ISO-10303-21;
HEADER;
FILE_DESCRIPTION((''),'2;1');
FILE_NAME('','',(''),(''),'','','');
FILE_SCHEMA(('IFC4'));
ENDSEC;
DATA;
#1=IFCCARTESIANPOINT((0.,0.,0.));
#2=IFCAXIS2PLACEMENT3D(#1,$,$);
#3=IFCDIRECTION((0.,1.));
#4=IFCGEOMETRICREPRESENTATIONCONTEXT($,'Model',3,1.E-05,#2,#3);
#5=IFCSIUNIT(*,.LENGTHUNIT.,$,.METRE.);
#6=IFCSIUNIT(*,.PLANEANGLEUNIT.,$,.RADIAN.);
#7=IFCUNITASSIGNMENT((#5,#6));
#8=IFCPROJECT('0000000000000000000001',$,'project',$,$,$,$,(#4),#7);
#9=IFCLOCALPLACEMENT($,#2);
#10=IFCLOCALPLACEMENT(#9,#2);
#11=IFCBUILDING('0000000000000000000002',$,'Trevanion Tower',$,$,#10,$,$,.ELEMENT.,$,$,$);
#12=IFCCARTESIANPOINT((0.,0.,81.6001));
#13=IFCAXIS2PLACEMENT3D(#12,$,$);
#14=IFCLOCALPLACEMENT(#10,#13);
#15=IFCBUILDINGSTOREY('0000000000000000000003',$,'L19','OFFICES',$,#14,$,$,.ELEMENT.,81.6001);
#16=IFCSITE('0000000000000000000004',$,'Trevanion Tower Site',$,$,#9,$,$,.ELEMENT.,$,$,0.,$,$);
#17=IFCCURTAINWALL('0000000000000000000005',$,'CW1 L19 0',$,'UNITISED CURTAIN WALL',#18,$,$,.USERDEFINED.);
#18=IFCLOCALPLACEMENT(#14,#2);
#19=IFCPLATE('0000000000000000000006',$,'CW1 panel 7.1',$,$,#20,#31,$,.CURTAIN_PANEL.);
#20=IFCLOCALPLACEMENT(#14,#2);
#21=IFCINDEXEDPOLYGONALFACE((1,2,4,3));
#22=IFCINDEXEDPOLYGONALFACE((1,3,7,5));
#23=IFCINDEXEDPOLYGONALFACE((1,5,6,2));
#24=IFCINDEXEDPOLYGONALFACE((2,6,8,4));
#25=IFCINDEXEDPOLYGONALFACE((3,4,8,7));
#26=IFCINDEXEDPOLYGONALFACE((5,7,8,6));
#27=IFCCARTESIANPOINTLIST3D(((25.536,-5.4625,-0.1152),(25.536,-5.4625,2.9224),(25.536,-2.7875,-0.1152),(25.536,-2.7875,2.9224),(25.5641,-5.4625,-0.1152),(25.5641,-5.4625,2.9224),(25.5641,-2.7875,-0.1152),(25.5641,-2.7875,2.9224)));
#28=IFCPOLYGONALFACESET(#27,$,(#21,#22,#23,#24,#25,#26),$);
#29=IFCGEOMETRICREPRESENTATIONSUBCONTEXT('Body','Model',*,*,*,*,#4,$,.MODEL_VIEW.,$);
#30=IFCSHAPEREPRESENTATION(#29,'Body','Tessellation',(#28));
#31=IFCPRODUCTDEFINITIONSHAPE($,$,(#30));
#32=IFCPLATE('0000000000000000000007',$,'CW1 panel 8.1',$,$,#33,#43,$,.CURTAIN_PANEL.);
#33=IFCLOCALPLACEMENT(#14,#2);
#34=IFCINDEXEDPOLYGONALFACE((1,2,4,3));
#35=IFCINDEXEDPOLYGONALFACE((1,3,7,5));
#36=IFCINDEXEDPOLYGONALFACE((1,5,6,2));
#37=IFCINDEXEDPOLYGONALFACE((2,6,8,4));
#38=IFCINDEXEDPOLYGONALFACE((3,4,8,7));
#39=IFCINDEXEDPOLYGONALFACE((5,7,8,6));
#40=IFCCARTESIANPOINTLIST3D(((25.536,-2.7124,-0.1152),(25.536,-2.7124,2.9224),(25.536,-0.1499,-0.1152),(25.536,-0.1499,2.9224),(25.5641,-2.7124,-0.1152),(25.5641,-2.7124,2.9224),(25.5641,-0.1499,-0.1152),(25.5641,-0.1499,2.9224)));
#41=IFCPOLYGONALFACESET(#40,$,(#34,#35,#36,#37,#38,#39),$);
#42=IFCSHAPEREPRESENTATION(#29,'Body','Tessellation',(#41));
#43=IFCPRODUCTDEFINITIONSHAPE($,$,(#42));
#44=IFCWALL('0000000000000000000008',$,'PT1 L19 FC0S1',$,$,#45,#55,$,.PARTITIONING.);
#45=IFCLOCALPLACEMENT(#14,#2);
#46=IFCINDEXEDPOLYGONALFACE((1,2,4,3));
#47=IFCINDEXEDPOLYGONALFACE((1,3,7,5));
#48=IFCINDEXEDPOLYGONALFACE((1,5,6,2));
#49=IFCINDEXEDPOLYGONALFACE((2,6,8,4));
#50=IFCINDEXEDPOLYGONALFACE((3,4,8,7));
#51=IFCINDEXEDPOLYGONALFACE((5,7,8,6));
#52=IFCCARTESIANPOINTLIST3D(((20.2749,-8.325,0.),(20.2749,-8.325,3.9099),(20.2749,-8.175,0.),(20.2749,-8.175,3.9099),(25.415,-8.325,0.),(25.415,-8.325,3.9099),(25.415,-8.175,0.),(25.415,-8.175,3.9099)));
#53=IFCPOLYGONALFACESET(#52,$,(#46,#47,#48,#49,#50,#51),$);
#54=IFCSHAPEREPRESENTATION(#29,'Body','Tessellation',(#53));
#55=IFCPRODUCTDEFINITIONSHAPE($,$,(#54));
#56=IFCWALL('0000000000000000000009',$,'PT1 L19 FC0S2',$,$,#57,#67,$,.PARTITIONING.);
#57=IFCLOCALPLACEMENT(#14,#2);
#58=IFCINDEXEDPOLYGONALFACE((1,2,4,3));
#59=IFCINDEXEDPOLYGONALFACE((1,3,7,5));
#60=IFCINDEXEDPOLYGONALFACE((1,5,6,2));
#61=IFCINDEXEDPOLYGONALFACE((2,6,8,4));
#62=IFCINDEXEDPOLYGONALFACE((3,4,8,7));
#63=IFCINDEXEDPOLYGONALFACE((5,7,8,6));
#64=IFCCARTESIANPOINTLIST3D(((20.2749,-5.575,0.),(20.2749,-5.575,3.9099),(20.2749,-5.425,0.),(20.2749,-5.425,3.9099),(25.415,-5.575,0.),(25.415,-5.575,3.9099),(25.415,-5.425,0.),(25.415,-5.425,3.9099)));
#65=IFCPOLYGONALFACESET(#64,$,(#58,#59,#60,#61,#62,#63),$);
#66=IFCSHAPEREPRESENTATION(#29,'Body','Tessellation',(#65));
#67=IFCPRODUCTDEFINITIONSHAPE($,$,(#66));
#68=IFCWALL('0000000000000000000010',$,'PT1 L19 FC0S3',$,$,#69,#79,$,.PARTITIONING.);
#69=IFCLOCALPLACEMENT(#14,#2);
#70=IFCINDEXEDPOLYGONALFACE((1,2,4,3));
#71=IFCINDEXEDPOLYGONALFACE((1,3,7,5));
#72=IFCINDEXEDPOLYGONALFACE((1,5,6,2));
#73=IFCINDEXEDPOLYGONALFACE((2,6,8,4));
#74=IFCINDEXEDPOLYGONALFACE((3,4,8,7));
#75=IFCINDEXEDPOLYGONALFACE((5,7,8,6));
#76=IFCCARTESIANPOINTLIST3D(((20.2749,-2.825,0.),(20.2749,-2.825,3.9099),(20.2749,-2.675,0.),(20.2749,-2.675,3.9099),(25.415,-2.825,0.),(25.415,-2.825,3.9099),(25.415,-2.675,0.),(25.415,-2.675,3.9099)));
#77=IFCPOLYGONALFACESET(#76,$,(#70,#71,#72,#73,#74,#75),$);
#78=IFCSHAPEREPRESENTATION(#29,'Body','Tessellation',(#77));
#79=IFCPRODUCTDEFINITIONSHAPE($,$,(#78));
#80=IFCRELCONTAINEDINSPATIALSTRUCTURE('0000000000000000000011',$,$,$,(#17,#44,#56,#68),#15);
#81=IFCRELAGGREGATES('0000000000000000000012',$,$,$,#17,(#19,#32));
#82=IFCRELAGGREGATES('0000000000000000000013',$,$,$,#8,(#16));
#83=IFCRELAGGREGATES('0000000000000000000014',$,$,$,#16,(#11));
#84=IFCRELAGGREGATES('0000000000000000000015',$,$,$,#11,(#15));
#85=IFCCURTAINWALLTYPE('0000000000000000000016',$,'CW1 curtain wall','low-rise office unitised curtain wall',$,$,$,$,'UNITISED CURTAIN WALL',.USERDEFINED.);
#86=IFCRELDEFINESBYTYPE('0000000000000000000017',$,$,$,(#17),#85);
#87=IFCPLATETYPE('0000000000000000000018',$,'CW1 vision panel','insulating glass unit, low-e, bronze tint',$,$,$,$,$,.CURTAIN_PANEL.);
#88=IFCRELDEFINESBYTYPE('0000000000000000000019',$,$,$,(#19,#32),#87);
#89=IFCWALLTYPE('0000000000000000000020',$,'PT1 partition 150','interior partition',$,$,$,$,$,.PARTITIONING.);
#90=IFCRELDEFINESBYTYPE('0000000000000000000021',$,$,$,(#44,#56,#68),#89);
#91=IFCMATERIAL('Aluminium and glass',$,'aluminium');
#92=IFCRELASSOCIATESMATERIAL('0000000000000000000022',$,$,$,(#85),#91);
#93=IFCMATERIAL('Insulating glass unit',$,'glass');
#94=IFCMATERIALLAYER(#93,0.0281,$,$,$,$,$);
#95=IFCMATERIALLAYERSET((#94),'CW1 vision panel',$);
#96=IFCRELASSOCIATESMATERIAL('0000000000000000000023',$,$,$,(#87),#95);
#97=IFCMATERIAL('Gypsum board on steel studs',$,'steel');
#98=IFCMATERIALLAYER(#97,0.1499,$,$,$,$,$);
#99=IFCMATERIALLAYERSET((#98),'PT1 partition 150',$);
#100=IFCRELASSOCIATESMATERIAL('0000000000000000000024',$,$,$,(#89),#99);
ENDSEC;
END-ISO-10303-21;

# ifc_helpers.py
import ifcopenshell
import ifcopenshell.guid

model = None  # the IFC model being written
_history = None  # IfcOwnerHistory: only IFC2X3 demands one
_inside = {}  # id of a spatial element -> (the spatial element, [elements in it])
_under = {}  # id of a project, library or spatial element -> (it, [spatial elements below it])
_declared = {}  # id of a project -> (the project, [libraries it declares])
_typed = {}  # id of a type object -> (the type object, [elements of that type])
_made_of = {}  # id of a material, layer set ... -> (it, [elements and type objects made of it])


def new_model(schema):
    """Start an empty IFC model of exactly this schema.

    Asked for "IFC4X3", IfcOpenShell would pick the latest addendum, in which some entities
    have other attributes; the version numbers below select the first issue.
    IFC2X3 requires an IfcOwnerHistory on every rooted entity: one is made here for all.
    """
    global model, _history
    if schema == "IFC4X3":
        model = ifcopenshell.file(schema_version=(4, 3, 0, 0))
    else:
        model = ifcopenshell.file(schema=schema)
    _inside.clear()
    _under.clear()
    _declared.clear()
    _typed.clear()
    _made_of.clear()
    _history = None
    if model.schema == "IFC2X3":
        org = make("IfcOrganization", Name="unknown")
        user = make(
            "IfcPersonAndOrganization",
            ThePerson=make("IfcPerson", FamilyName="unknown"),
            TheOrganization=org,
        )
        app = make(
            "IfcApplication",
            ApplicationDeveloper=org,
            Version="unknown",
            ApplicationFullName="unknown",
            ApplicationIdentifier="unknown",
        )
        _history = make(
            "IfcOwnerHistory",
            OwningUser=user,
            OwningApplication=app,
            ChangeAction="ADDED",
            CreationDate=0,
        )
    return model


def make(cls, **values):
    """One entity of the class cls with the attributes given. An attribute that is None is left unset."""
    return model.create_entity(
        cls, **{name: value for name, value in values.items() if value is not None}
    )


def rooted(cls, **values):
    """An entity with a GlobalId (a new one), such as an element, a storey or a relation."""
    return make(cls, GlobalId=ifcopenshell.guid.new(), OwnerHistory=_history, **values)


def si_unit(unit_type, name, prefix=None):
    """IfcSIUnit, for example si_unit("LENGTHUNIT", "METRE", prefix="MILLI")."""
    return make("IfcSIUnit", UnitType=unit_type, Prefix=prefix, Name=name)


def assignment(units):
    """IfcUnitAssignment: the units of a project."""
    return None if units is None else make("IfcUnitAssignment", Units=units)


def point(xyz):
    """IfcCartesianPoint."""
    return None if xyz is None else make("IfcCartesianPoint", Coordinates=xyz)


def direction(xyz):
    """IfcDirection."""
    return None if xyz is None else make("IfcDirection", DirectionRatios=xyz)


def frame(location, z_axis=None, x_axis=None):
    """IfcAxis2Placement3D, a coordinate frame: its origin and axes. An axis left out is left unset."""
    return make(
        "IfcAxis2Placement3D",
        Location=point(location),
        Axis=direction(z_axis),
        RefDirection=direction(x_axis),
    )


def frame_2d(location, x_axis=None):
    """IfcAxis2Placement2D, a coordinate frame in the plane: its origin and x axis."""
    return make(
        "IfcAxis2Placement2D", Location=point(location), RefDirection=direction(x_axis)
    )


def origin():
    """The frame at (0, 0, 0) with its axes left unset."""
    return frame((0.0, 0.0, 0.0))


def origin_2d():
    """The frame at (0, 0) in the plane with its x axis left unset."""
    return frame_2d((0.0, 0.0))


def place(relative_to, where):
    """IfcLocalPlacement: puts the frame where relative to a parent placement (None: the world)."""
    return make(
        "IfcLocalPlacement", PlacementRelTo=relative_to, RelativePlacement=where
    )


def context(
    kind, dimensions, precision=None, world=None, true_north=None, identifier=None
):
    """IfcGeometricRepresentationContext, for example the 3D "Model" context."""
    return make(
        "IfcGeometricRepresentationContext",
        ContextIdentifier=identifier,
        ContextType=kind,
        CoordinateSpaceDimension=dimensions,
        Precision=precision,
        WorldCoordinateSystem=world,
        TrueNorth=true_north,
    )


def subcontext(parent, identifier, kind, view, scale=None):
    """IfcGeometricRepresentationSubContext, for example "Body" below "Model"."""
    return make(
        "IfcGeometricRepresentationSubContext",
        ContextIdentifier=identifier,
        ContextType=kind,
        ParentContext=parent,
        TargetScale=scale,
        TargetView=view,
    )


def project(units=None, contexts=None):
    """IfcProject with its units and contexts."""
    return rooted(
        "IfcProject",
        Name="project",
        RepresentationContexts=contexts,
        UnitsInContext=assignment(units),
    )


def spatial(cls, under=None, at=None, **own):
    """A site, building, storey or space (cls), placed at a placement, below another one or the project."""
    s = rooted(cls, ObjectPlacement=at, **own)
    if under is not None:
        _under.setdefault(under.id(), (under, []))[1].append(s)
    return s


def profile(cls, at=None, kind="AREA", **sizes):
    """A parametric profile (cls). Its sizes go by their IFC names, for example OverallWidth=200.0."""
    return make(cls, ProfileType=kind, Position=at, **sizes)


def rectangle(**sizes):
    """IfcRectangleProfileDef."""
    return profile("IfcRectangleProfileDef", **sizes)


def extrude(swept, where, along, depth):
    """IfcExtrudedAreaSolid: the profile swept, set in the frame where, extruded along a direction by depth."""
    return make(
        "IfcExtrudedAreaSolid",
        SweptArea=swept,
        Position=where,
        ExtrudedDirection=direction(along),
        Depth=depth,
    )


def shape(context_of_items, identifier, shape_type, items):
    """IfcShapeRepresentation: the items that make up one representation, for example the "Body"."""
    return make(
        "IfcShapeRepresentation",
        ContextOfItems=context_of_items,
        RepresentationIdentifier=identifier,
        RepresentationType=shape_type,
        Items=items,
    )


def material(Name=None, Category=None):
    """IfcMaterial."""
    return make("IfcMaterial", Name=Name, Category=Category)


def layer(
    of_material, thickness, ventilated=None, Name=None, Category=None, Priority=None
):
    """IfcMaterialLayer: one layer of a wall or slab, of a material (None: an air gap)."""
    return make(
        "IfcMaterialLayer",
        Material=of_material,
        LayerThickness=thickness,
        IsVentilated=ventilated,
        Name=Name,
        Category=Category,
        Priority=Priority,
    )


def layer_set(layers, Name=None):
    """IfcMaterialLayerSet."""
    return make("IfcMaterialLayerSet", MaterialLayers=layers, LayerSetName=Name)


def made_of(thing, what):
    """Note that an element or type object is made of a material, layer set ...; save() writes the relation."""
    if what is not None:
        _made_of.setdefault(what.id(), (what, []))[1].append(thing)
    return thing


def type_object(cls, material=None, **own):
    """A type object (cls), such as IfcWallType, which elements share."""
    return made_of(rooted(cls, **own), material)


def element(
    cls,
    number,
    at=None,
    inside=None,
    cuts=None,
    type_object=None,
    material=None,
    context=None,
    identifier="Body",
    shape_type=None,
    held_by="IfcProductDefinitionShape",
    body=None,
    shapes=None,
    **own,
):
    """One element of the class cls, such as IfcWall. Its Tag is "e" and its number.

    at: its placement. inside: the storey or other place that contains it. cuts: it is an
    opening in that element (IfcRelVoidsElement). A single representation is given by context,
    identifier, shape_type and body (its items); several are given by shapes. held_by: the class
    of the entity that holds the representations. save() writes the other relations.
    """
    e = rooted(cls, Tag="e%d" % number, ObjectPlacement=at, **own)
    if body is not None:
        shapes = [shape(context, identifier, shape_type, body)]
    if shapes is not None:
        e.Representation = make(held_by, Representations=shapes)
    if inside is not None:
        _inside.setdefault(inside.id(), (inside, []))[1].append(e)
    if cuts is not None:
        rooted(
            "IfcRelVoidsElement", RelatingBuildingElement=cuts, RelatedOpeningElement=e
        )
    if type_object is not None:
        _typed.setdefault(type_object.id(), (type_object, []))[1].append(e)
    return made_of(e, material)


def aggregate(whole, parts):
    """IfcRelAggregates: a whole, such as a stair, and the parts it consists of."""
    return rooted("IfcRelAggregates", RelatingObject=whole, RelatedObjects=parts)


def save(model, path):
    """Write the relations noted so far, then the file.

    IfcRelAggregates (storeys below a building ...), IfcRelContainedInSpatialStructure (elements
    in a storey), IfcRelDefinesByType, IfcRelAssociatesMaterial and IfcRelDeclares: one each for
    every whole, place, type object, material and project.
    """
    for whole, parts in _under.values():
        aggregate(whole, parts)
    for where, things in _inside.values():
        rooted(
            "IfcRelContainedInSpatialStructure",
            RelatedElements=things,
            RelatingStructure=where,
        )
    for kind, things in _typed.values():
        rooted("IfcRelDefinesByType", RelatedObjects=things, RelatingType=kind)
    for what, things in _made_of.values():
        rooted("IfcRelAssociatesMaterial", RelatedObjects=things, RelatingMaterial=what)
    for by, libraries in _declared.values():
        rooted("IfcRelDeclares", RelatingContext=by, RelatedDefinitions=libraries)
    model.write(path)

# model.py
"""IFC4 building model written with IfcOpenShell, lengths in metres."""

from ifc_helpers import new_model, si_unit, direction, frame, frame_2d, origin, origin_2d, place, context, subcontext, project, spatial, rectangle, extrude, material, layer, layer_set, type_object, element, aggregate, save


model = new_model("IFC4")

# Units and contexts
model_context = context("Model", 3, precision=1e-05, world=origin(), true_north=direction((0.0, 1.0)))
body_context = subcontext(model_context, "Body", "Model", "MODEL_VIEW")
ifc_project = project(units=[si_unit("LENGTHUNIT", "METRE"), si_unit("PLANEANGLEUNIT", "RADIAN")], contexts=[model_context])

# Site, building, storey
site_placement = place(None, origin())
site = spatial("IfcSite", under=ifc_project, at=site_placement, Name="Trevanion Tower Site", CompositionType="ELEMENT", RefElevation=0.0)
building_placement = place(site_placement, origin())
building = spatial("IfcBuilding", under=site, at=building_placement, Name="Trevanion Tower", CompositionType="ELEMENT")
storey_placement = place(building_placement, frame((0.0, 0.0, 81.6001)))
storey = spatial("IfcBuildingStorey", under=building, at=storey_placement, Name="L19", Description="OFFICES", CompositionType="ELEMENT", Elevation=81.6001)

# Curtain wall, plates
ifc_material_1 = material(Name="Aluminium and glass", Category="aluminium")
curtain_wall_type = type_object("IfcCurtainWallType", Name="CW1 curtain wall", Description="low-rise office unitised curtain wall", ElementType="UNITISED CURTAIN WALL", PredefinedType="USERDEFINED", material=ifc_material_1)
curtain_wall_placement = place(storey_placement, origin())
curtain_wall = element("IfcCurtainWall", 1, at=curtain_wall_placement, inside=storey, type_object=curtain_wall_type, Name="CW1 L19 0", ObjectType="UNITISED CURTAIN WALL", PredefinedType="USERDEFINED")
ifc_material_2 = material(Name="Insulating glass unit", Category="glass")
ifc_layer_1 = layer(ifc_material_2, 0.0281)
ifc_layer_set_1 = layer_set([ifc_layer_1], Name="CW1 vision panel")
plate_type_1 = type_object("IfcPlateType", Name="CW1 vision panel", Description="insulating glass unit, low-e, bronze tint", PredefinedType="CURTAIN_PANEL", material=ifc_layer_set_1)
plate_1_placement = place(storey_placement, frame((25.55, -4.125, -0.1152), z_axis=(0.0, 0.0, 1.0), x_axis=(0.0, 1.0, 0.0)))
plate_1 = element("IfcPlate", 2, at=plate_1_placement, type_object=plate_type_1, Name="CW1 panel 7.1", PredefinedType="CURTAIN_PANEL", context=body_context, shape_type="SweptSolid", body=[
    extrude(rectangle(XDim=2.675, YDim=0.0281, at=origin_2d()), origin(), (0.0, 0.0, 1.0), 3.0376),
])
plate_2_placement = place(storey_placement, frame((25.55, -1.4312, -0.1152), z_axis=(0.0, 0.0, 1.0), x_axis=(0.0, 1.0, 0.0)))
plate_2 = element("IfcPlate", 3, at=plate_2_placement, type_object=plate_type_1, Name="CW1 panel 8.1", PredefinedType="CURTAIN_PANEL", context=body_context, shape_type="SweptSolid", body=[
    extrude(rectangle(XDim=2.5625, YDim=0.0281, at=origin_2d()), origin(), (0.0, 0.0, 1.0), 3.0376),
])
aggregate(curtain_wall, [plate_1, plate_2])

# Walls
ifc_material_3 = material(Name="Gypsum board on steel studs", Category="steel")
ifc_layer_2 = layer(ifc_material_3, 0.1499)
ifc_layer_set_2 = layer_set([ifc_layer_2], Name="PT1 partition 150")
wall_type = type_object("IfcWallType", Name="PT1 partition 150", Description="interior partition", PredefinedType="PARTITIONING", material=ifc_layer_set_2)
for number, where, z_axis, x_axis, name in (
    (4, (20.2749, -8.25, 0.0), (0.0, 0.0, 1.0), (1.0, 0.0, 0.0), "PT1 L19 FC0S1"),
    (5, (20.2749, -5.5, 0.0), (0.0, 0.0, 1.0), (1.0, 0.0, 0.0), "PT1 L19 FC0S2"),
    (6, (20.2749, -2.75, 0.0), (0.0, 0.0, 1.0), (1.0, 0.0, 0.0), "PT1 L19 FC0S3"),
):
    element("IfcWall", number, at=place(storey_placement, frame(where, z_axis=z_axis, x_axis=x_axis)), inside=storey, type_object=wall_type, Name=name, PredefinedType="PARTITIONING", context=body_context, shape_type="SweptSolid", body=[
        extrude(rectangle(XDim=5.1401, YDim=0.1499, at=frame_2d((2.5701, 0.0))), origin(), (0.0, 0.0, 1.0), 3.9099),
    ])

save(model, "model.ifc")
